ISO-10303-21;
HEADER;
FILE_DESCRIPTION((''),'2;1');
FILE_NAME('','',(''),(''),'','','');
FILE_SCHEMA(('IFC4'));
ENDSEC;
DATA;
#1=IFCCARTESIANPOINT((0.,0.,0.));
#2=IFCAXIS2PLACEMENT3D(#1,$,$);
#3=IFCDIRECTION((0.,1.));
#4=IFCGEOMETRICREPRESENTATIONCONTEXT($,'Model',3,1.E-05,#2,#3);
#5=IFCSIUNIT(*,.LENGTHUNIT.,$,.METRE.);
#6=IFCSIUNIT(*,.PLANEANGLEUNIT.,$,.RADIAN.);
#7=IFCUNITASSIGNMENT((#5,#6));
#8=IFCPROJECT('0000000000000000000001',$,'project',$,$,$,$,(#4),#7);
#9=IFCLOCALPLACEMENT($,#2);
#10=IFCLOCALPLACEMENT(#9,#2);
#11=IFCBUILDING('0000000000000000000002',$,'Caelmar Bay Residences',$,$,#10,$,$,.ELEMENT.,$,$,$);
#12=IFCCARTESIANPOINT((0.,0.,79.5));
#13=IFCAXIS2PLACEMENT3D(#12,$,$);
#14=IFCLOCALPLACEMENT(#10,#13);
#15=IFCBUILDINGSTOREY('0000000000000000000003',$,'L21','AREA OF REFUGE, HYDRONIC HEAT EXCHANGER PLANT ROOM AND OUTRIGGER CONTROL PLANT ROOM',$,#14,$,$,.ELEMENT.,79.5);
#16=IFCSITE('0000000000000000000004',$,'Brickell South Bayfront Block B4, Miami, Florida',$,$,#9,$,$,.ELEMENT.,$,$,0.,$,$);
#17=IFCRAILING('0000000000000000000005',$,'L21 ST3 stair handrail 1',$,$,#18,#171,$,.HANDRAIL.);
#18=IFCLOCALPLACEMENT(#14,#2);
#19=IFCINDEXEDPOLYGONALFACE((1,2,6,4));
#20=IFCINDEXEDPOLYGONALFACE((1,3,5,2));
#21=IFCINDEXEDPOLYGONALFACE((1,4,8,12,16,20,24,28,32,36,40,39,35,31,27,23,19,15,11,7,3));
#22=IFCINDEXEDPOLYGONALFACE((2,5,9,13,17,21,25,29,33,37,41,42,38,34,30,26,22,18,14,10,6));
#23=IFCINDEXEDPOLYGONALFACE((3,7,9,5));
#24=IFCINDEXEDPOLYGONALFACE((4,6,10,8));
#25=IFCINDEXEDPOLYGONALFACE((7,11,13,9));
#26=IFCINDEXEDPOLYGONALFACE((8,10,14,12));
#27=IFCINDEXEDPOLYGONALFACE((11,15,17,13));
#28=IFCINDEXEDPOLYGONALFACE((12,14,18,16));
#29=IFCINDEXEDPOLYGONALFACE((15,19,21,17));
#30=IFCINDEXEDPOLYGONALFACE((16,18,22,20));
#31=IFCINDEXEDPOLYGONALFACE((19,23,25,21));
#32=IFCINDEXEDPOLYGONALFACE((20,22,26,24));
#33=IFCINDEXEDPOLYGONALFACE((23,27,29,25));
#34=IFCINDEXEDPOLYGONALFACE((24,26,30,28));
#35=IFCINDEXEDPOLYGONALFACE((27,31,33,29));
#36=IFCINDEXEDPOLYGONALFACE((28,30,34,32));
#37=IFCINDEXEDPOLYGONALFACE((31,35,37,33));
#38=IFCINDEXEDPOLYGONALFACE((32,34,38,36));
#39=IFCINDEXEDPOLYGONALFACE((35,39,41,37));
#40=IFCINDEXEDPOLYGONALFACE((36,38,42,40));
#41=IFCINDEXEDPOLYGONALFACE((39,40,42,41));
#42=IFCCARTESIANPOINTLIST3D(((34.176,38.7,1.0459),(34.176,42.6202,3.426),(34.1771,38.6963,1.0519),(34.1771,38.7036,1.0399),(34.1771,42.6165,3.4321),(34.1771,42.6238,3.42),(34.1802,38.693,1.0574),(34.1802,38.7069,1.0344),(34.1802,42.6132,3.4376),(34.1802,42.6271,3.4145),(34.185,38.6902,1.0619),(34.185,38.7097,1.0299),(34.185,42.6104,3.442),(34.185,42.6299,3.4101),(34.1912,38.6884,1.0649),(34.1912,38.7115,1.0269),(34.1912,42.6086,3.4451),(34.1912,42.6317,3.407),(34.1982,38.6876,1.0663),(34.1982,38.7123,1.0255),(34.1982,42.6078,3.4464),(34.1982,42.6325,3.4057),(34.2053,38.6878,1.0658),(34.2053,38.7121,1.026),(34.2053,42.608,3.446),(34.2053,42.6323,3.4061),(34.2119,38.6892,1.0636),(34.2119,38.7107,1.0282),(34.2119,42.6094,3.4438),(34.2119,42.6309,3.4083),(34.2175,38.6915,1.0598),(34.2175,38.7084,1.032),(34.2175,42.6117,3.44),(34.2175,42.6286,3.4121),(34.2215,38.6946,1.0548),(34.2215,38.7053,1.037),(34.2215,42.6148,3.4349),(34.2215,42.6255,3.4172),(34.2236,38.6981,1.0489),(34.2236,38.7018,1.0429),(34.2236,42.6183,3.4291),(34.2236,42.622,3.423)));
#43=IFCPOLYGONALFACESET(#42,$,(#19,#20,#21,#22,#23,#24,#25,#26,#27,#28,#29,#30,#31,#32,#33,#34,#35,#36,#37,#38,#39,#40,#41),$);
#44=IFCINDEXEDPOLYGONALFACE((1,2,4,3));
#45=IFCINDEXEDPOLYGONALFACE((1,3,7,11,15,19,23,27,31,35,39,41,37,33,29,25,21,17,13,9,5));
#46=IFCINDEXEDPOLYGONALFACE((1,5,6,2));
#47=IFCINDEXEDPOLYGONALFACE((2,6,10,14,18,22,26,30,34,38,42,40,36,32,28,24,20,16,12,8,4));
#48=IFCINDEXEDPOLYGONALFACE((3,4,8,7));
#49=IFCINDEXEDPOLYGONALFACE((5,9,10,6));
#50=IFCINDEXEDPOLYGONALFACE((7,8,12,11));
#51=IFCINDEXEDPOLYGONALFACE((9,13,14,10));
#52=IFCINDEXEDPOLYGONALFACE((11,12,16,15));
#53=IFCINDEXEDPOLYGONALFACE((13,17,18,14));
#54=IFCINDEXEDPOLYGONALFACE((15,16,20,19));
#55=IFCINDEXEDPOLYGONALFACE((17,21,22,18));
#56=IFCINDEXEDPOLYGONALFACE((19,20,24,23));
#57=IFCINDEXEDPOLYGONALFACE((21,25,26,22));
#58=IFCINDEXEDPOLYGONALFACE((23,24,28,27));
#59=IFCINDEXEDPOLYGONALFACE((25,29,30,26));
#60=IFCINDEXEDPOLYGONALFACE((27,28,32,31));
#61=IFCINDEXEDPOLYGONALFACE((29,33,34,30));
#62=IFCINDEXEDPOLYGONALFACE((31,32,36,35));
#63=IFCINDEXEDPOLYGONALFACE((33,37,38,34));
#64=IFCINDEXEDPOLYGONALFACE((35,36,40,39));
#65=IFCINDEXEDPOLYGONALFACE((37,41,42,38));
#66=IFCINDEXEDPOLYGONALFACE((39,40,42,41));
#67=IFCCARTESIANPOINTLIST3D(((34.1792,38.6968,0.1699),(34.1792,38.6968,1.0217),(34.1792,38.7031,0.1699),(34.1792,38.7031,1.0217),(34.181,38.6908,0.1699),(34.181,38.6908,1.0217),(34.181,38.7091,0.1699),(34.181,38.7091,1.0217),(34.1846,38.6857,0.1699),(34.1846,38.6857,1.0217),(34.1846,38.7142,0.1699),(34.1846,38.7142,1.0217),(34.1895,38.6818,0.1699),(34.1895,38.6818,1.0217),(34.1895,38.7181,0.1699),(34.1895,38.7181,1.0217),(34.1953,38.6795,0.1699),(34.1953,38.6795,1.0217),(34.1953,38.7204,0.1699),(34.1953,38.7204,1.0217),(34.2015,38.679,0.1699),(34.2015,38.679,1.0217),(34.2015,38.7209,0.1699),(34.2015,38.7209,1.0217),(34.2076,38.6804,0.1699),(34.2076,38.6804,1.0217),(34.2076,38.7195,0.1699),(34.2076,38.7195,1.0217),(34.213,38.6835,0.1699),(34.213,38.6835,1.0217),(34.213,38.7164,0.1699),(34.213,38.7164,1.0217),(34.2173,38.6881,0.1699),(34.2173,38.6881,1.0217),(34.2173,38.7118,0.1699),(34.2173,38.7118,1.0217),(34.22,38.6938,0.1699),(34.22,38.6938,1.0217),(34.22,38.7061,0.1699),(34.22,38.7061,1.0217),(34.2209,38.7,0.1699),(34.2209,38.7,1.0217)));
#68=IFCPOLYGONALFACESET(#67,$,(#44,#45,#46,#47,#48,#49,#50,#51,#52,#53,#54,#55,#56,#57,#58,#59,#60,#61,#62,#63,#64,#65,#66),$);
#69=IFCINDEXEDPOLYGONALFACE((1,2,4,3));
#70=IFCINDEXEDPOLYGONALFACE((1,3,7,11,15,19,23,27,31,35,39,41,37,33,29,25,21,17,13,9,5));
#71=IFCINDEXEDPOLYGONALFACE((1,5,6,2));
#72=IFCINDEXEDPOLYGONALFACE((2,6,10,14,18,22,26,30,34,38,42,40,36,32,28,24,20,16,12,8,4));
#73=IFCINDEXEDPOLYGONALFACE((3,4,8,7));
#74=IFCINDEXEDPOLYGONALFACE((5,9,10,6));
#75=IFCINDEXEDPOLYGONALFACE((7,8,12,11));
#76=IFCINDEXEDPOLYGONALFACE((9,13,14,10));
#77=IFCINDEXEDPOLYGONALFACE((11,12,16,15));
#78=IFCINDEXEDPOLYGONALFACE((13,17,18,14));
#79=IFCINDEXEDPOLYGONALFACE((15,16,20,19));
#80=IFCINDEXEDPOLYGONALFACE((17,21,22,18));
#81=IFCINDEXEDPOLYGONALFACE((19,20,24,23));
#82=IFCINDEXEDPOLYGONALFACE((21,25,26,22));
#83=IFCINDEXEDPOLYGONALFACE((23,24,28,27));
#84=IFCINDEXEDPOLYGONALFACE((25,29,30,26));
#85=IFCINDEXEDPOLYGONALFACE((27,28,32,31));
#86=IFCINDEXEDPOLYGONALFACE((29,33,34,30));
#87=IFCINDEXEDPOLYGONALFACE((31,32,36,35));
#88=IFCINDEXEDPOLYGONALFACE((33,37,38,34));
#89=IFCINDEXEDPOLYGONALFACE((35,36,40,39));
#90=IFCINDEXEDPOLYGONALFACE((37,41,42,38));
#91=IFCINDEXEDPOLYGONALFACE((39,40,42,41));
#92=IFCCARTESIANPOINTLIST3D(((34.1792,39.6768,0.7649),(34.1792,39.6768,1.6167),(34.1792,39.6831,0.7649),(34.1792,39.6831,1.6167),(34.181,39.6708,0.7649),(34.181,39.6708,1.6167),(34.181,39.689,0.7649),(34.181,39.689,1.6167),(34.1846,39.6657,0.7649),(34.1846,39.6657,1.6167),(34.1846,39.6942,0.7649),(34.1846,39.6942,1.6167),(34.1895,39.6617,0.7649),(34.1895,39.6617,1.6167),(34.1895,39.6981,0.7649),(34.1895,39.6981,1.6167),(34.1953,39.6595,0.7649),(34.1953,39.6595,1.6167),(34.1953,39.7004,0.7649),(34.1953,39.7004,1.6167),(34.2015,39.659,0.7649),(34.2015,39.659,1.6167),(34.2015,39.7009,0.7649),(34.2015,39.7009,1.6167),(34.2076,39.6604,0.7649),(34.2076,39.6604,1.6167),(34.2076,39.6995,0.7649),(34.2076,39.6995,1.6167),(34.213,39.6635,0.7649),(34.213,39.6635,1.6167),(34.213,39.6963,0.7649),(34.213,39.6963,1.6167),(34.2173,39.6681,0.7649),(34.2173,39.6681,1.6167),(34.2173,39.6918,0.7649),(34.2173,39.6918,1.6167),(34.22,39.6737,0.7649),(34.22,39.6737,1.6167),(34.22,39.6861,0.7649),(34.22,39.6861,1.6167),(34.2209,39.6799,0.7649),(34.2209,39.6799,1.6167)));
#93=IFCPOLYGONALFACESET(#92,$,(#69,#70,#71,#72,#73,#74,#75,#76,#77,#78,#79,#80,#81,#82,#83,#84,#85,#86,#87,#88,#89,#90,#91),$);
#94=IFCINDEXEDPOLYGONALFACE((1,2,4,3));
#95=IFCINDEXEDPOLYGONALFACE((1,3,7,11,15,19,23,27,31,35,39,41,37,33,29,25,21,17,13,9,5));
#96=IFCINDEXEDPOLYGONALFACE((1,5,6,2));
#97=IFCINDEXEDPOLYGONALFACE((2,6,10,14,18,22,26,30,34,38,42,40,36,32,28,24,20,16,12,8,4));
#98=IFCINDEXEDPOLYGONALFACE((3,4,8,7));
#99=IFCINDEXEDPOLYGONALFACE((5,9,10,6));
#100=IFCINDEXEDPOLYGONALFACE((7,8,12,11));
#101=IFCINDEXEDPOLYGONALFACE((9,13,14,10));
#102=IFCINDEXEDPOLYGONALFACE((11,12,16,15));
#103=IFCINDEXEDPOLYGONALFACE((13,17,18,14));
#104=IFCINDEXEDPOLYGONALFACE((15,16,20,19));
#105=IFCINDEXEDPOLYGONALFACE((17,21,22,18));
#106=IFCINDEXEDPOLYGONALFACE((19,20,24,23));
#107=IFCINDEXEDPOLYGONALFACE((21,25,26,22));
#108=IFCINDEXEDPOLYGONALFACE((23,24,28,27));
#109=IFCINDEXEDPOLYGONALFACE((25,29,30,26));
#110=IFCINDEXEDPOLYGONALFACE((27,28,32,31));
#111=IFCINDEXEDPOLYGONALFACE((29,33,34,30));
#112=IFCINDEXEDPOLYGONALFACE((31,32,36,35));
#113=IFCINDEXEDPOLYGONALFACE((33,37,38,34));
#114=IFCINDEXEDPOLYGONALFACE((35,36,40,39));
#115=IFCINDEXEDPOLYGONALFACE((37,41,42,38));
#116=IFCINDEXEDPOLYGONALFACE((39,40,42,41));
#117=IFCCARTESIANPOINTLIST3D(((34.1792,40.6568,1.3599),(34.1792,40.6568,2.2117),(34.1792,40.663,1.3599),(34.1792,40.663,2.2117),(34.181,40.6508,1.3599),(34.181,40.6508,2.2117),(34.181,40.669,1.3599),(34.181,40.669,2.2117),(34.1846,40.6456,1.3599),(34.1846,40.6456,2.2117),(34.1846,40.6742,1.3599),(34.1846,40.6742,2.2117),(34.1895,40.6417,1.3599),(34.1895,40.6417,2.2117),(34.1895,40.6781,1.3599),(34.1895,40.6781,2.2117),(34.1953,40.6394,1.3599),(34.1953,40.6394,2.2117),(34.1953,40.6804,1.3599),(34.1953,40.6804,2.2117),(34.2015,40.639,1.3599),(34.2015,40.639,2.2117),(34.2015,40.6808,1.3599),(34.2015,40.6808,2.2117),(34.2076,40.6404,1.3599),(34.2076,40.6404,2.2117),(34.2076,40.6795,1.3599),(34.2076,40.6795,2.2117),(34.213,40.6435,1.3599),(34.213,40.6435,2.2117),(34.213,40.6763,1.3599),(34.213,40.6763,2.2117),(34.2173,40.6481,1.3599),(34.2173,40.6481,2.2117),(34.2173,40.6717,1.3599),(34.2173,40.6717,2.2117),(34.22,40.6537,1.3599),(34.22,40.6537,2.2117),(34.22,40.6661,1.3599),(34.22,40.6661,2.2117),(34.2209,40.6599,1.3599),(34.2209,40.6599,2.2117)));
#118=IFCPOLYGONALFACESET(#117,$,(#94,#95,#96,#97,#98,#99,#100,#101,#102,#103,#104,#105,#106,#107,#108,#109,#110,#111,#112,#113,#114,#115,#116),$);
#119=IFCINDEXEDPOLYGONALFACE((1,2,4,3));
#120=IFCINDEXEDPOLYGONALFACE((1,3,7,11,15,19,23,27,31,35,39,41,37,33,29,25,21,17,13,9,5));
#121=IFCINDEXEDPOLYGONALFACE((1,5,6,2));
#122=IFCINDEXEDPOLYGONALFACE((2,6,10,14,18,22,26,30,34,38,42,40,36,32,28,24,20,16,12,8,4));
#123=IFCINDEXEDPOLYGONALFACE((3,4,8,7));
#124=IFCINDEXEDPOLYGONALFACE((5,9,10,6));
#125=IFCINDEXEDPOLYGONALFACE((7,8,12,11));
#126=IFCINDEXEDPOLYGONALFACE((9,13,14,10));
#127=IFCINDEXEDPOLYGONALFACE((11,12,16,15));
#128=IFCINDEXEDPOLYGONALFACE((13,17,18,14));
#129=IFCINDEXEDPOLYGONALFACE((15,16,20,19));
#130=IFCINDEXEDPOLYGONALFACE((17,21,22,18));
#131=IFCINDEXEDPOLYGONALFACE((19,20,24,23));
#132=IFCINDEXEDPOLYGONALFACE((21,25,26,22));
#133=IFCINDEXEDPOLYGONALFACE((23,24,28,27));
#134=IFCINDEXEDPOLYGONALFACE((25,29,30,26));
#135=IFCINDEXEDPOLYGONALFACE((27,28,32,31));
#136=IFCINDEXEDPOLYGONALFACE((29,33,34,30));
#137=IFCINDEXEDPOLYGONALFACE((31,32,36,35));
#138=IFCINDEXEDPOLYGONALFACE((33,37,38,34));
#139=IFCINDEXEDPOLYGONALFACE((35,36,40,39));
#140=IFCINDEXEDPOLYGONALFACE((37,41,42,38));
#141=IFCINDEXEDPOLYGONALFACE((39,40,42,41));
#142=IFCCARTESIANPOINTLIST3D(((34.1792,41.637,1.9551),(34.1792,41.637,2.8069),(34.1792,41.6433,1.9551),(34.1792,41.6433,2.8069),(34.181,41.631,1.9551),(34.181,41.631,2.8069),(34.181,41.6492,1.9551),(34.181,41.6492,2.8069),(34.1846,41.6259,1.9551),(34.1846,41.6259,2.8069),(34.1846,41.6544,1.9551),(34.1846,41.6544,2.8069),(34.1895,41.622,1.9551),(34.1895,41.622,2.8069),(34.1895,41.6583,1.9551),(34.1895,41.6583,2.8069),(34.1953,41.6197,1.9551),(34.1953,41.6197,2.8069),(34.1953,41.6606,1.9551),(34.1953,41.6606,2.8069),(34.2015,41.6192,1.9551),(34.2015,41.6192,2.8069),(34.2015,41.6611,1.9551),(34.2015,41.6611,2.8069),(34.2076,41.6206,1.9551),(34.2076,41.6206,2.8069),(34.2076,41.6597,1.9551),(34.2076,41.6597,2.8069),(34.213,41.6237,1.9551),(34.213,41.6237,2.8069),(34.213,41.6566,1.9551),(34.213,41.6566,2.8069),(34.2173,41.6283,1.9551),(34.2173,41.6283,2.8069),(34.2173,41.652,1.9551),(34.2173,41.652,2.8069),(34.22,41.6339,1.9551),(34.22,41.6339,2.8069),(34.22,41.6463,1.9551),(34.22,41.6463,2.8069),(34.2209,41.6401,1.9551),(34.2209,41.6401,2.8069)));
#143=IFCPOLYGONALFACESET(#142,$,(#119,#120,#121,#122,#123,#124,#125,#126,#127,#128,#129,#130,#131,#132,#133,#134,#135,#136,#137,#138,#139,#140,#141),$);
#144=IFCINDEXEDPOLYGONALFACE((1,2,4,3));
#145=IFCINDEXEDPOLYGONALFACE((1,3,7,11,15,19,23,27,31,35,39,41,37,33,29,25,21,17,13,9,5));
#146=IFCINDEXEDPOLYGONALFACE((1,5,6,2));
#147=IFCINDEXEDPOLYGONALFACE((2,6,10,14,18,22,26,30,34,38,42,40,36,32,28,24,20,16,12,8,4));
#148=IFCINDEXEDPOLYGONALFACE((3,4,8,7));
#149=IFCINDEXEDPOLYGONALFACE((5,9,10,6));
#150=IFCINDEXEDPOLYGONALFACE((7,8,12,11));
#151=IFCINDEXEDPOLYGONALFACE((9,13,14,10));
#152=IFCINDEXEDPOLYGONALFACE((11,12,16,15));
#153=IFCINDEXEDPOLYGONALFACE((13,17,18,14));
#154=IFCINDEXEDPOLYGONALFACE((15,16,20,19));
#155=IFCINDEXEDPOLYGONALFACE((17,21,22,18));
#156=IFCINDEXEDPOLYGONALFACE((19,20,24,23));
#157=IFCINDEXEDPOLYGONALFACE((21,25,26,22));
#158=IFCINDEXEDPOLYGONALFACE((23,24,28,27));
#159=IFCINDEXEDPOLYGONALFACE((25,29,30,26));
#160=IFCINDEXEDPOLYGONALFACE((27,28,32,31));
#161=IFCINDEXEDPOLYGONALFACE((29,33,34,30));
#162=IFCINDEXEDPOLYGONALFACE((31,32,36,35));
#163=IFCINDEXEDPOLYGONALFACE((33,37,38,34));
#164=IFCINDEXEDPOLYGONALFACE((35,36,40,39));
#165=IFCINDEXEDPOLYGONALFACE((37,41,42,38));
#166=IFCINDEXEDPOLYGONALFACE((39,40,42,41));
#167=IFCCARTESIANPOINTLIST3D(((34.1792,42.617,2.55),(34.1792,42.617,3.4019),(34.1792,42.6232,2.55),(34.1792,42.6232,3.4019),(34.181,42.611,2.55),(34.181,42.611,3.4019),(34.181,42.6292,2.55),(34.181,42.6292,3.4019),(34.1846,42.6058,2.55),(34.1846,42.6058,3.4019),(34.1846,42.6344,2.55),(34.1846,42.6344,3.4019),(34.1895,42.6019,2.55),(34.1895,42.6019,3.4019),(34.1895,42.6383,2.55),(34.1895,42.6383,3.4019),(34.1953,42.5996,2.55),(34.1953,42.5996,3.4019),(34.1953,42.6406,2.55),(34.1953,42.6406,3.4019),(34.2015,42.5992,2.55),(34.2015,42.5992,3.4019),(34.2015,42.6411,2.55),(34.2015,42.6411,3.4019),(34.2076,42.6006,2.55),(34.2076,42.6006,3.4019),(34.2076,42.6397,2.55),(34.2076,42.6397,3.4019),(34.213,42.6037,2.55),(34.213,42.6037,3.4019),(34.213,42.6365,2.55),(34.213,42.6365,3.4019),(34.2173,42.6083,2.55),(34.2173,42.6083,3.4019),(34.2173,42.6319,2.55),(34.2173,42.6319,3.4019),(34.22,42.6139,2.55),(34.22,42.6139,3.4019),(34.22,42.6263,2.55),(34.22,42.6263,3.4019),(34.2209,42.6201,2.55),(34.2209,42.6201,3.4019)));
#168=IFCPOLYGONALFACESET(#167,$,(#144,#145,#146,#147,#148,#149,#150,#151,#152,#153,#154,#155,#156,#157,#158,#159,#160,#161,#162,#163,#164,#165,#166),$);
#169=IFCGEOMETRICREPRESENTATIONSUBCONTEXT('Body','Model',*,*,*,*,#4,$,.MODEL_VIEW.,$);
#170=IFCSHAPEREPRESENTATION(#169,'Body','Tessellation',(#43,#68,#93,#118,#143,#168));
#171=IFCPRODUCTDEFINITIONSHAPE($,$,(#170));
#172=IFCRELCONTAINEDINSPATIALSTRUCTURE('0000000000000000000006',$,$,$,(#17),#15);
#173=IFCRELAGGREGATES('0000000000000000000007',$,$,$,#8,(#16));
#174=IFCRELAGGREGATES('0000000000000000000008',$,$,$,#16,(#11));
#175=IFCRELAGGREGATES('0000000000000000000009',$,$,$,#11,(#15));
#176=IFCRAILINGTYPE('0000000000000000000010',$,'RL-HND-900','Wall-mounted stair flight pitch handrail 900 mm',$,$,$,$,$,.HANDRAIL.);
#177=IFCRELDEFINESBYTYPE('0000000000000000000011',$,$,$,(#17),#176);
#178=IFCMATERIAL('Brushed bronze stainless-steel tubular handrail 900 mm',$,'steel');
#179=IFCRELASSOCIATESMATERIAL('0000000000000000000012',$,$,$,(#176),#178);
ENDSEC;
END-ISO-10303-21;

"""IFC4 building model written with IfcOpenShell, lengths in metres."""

from ifc_helpers import new_model, si_unit, direction, frame, origin, origin_2d, place, context, subcontext, project, spatial, circle, extrude, material, type_object, element, save


model = new_model("IFC4")

# Units and contexts
model_context = context("Model", 3, precision=1e-05, world=origin(), true_north=direction((0.0, 1.0)))
body_context = subcontext(model_context, "Body", "Model", "MODEL_VIEW")
ifc_project = project(units=[si_unit("LENGTHUNIT", "METRE"), si_unit("PLANEANGLEUNIT", "RADIAN")], contexts=[model_context])

# Site, building, storey
site_placement = place(None, origin())
site = spatial("IfcSite", under=ifc_project, at=site_placement, Name="Brickell South Bayfront Block B4, Miami, Florida", CompositionType="ELEMENT", RefElevation=0.0)
building_placement = place(site_placement, origin())
building = spatial("IfcBuilding", under=site, at=building_placement, Name="Caelmar Bay Residences", CompositionType="ELEMENT")
storey_placement = place(building_placement, frame((0.0, 0.0, 79.5)))
storey = spatial("IfcBuildingStorey", under=building, at=storey_placement, Name="L21", Description="AREA OF REFUGE, HYDRONIC HEAT EXCHANGER PLANT ROOM AND OUTRIGGER CONTROL PLANT ROOM", CompositionType="ELEMENT", Elevation=79.5)

# Railing
ifc_material_1 = material(Name="Brushed bronze stainless-steel tubular handrail 900 mm", Category="steel")
railing_type_1 = type_object("IfcRailingType", Name="RL-HND-900", Description="Wall-mounted stair flight pitch handrail 900 mm", PredefinedType="HANDRAIL", material=ifc_material_1)
railing_1_placement = place(storey_placement, frame((34.2, 38.7, 0.1699)))
element("IfcRailing", 1, at=railing_1_placement, inside=storey, type_object=railing_type_1, Name="L21 ST3 stair handrail 1", PredefinedType="HANDRAIL", context=body_context, shape_type="SweptSolid", body=[
    extrude(circle(Radius=0.0239, at=origin_2d()), frame((0.0, 0.0, 0.876), z_axis=(0.0, 0.854785, 0.518982), x_axis=(-1.0, 0.0, 0.0)), (0.0, 0.0, 1.0), 4.5862),
    extrude(circle(Radius=0.021, at=origin_2d()), origin(), (0.0, 0.0, 1.0), 0.8518),
    extrude(circle(Radius=0.021, at=origin_2d()), frame((0.0, 0.98, 0.595)), (0.0, 0.0, 1.0), 0.8518),
    extrude(circle(Radius=0.021, at=origin_2d()), frame((0.0, 1.96, 1.1899)), (0.0, 0.0, 1.0), 0.8518),
    extrude(circle(Radius=0.021, at=origin_2d()), frame((0.0, 2.9402, 1.7852)), (0.0, 0.0, 1.0), 0.8518),
    extrude(circle(Radius=0.021, at=origin_2d()), frame((0.0, 3.9202, 2.3801)), (0.0, 0.0, 1.0), 0.8518),
])

save(model, "model.ifc")
